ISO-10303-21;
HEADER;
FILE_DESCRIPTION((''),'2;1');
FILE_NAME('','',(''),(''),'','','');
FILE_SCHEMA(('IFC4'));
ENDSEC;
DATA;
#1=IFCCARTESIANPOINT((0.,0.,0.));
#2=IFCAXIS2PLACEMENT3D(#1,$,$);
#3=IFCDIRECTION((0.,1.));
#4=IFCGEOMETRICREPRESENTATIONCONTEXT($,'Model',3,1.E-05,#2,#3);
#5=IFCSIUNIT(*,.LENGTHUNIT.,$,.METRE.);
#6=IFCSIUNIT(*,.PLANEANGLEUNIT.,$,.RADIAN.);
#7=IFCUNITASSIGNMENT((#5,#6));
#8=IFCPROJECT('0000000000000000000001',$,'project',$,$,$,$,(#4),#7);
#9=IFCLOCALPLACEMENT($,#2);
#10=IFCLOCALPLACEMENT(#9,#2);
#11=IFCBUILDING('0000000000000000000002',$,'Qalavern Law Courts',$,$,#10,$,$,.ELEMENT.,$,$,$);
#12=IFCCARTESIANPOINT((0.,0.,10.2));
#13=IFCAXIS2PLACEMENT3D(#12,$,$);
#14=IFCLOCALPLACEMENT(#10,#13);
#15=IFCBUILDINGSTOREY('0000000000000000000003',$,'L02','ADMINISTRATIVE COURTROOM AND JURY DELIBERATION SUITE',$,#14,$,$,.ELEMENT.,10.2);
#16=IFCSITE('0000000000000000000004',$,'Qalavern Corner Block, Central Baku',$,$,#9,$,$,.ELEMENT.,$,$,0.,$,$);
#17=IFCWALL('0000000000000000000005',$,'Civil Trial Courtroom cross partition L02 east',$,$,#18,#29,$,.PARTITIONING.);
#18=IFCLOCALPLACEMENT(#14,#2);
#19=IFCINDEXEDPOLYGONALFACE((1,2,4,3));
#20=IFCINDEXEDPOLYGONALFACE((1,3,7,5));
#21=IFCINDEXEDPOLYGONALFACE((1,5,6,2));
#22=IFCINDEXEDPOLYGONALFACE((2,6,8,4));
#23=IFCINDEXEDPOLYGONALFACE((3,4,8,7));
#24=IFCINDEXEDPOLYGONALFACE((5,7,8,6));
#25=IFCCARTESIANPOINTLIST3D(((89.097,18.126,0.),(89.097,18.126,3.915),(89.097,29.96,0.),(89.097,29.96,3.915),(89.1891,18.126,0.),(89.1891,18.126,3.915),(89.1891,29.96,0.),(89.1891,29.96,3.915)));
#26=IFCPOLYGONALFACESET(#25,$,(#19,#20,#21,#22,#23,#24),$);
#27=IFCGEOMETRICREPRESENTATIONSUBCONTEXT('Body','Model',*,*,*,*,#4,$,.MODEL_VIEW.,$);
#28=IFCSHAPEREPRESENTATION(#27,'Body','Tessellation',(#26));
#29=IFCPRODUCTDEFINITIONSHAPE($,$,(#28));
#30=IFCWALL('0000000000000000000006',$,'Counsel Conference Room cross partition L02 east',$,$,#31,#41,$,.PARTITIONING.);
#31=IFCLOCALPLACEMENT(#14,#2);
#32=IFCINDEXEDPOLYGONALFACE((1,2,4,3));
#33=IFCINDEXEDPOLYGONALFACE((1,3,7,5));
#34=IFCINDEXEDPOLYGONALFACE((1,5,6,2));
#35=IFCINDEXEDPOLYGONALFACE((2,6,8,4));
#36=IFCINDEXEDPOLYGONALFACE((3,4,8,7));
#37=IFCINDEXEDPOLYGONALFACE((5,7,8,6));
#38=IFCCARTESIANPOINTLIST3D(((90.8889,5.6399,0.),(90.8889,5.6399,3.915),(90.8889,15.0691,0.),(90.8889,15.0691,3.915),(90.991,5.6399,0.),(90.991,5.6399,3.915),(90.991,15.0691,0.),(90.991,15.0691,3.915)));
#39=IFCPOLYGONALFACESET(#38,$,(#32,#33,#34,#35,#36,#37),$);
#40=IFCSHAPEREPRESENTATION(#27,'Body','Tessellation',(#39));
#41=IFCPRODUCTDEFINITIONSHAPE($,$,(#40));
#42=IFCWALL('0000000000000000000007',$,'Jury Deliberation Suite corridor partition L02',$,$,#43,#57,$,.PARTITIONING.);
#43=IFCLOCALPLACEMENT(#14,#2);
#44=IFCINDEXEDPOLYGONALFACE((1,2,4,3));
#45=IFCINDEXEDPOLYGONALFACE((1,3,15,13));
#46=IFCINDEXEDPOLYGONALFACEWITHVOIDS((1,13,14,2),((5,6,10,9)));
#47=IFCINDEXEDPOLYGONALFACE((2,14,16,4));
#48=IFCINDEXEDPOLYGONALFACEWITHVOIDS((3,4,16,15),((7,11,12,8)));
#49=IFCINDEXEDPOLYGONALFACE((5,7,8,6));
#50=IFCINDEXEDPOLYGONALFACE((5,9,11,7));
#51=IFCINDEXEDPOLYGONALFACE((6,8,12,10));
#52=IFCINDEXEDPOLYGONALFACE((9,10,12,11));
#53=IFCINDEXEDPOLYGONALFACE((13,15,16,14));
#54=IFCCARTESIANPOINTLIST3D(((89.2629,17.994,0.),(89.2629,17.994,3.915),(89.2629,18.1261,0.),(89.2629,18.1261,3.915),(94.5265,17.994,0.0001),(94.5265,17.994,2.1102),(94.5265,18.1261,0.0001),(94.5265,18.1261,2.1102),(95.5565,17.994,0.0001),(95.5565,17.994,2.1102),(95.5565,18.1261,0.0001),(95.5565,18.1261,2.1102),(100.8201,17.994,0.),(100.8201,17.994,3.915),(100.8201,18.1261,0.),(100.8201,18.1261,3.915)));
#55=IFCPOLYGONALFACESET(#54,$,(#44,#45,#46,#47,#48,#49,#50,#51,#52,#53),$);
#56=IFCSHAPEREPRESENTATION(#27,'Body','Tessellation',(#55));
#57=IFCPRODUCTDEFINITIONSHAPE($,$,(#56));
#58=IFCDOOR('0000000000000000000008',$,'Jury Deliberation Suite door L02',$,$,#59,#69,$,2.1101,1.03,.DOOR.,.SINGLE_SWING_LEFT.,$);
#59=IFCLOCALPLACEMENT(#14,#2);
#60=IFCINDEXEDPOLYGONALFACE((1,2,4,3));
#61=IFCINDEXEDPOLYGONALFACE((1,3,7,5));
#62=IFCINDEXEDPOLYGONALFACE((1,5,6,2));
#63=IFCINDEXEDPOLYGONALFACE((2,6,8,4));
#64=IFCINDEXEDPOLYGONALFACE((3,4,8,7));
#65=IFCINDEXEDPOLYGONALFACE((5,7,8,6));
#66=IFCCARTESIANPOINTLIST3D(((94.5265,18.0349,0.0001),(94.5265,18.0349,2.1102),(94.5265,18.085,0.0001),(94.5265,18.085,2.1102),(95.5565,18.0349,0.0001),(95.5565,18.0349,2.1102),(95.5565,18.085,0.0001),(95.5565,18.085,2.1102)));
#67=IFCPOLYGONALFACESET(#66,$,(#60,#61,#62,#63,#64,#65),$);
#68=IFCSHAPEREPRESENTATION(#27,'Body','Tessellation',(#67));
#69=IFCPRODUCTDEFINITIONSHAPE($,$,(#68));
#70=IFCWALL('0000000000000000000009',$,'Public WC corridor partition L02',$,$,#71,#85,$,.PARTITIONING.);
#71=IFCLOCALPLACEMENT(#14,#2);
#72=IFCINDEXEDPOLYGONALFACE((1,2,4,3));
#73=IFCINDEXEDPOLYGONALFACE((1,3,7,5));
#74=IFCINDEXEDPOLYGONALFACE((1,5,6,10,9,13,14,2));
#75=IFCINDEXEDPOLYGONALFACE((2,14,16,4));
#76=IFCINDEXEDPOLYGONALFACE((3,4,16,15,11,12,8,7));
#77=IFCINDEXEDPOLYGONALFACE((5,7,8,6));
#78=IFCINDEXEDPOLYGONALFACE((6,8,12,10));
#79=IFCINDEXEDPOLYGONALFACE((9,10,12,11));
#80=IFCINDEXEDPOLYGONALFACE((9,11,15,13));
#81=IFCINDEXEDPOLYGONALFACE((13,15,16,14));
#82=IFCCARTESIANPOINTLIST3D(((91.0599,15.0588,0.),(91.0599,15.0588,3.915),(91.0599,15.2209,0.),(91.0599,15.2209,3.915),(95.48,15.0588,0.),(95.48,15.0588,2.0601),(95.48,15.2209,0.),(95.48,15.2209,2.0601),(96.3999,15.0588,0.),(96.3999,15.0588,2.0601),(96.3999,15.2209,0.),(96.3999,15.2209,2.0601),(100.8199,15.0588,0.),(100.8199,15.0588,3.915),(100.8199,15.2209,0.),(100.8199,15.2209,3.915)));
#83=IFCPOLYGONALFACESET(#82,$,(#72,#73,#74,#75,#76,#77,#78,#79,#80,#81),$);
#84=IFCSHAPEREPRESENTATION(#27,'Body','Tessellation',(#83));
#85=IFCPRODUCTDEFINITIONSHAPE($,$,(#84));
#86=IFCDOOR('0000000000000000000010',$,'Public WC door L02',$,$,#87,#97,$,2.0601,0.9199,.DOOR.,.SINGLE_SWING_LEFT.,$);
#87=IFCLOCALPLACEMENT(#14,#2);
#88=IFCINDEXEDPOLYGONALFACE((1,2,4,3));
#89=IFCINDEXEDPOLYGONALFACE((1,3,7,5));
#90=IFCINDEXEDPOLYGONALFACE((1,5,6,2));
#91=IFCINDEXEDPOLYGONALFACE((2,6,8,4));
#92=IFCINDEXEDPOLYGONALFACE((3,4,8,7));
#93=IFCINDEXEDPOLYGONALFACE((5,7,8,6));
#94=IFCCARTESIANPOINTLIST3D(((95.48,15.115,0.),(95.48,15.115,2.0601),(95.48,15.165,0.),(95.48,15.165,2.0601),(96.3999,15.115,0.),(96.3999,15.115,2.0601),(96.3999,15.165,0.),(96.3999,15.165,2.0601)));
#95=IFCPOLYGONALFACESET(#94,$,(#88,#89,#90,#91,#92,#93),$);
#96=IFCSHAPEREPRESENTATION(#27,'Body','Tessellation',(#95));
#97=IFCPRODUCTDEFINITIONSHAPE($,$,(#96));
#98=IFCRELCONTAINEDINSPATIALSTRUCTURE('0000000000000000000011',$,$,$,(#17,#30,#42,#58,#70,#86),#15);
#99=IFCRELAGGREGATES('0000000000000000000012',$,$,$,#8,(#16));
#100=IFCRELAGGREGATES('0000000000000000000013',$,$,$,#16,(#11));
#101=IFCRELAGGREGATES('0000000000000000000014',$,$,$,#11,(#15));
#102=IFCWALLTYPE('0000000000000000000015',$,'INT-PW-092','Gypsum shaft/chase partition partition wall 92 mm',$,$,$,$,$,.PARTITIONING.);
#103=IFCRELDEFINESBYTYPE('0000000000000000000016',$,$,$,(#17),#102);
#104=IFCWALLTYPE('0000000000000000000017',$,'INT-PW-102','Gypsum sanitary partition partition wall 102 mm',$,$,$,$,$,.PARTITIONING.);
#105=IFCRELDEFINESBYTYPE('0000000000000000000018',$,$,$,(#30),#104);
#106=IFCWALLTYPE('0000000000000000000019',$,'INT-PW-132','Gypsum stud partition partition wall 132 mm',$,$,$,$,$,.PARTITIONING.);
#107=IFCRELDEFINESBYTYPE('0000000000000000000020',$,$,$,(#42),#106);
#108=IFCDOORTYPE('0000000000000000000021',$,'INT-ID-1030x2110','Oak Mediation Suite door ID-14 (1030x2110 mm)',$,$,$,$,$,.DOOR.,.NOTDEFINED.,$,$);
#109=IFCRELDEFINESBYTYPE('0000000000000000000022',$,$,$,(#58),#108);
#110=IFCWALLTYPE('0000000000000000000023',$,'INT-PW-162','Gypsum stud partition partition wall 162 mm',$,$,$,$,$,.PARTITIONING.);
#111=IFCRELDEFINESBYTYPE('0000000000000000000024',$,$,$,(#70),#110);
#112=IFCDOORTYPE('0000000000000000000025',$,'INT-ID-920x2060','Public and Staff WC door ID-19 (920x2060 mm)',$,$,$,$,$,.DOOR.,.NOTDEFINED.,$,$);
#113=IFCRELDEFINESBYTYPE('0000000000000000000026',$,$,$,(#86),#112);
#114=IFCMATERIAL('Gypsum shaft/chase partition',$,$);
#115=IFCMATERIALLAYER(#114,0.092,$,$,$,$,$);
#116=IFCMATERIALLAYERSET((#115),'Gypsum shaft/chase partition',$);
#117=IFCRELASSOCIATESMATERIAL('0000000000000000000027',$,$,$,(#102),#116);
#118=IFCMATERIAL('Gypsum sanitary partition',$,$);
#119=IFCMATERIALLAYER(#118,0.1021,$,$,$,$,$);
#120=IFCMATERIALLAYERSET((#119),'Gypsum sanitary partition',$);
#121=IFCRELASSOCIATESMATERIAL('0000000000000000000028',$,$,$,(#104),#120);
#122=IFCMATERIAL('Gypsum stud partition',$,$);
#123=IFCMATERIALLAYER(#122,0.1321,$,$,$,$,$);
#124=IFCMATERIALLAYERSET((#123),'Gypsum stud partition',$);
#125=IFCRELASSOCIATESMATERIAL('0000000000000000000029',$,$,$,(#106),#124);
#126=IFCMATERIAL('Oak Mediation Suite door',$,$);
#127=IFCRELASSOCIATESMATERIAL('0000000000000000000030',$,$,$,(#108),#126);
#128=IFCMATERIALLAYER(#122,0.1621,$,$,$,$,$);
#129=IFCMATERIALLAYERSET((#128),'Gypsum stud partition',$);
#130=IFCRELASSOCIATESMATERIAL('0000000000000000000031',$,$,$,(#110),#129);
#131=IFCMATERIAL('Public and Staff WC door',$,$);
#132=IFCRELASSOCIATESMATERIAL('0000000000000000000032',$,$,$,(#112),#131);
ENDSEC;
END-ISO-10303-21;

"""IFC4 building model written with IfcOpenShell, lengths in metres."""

from ifc_helpers import new_model, si_unit, direction, frame, frame_2d, origin, place, context, subcontext, project, spatial, rectangle, extrude, material, layer, layer_set, type_object, element, fill, save


model = new_model("IFC4")

# Units and contexts
model_context = context("Model", 3, precision=1e-05, world=origin(), true_north=direction((0.0, 1.0)))
body_context = subcontext(model_context, "Body", "Model", "MODEL_VIEW")
ifc_project = project(units=[si_unit("LENGTHUNIT", "METRE"), si_unit("PLANEANGLEUNIT", "RADIAN")], contexts=[model_context])

# Site, building, storey
site_placement = place(None, origin())
site = spatial("IfcSite", under=ifc_project, at=site_placement, Name="Qalavern Corner Block, Central Baku", CompositionType="ELEMENT", RefElevation=0.0)
building_placement = place(site_placement, origin())
building = spatial("IfcBuilding", under=site, at=building_placement, Name="Qalavern Law Courts", CompositionType="ELEMENT")
storey_placement = place(building_placement, frame((0.0, 0.0, 10.2)))
storey = spatial("IfcBuildingStorey", under=building, at=storey_placement, Name="L02", Description="ADMINISTRATIVE COURTROOM AND JURY DELIBERATION SUITE", CompositionType="ELEMENT", Elevation=10.2)

# Walls
ifc_material_1 = material(Name="Gypsum shaft/chase partition")
ifc_layer_1 = layer(ifc_material_1, 0.092)
ifc_layer_set_1 = layer_set([ifc_layer_1], Name="Gypsum shaft/chase partition")
wall_type_1 = type_object("IfcWallType", Name="INT-PW-092", Description="Gypsum shaft/chase partition partition wall 92 mm", PredefinedType="PARTITIONING", material=ifc_layer_set_1)
wall_1_placement = place(storey_placement, frame((89.1431, 18.126, 0.0), z_axis=(0.0, 0.0, 1.0), x_axis=(0.0, 1.0, 0.0)))
element("IfcWall", 1, at=wall_1_placement, inside=storey, type_object=wall_type_1, Name="Civil Trial Courtroom cross partition L02 east", PredefinedType="PARTITIONING", context=body_context, shape_type="SweptSolid", body=[
    extrude(rectangle(XDim=11.834, YDim=0.092, at=frame_2d((5.917, 0.0))), origin(), (0.0, 0.0, 1.0), 3.915),
])
ifc_material_2 = material(Name="Gypsum sanitary partition")
ifc_layer_2 = layer(ifc_material_2, 0.1021)
ifc_layer_set_2 = layer_set([ifc_layer_2], Name="Gypsum sanitary partition")
wall_type_2 = type_object("IfcWallType", Name="INT-PW-102", Description="Gypsum sanitary partition partition wall 102 mm", PredefinedType="PARTITIONING", material=ifc_layer_set_2)
wall_2_placement = place(storey_placement, frame((90.9399, 5.6399, 0.0), z_axis=(0.0, 0.0, 1.0), x_axis=(0.0, 1.0, 0.0)))
element("IfcWall", 2, at=wall_2_placement, inside=storey, type_object=wall_type_2, Name="Counsel Conference Room cross partition L02 east", PredefinedType="PARTITIONING", context=body_context, shape_type="SweptSolid", body=[
    extrude(rectangle(XDim=9.4292, YDim=0.1021, at=frame_2d((4.7146, 0.0))), origin(), (0.0, 0.0, 1.0), 3.915),
])

# Walls, openings, doors
ifc_material_3 = material(Name="Gypsum stud partition")
ifc_layer_3 = layer(ifc_material_3, 0.1321)
ifc_layer_set_3 = layer_set([ifc_layer_3], Name="Gypsum stud partition")
wall_type_3 = type_object("IfcWallType", Name="INT-PW-132", Description="Gypsum stud partition partition wall 132 mm", PredefinedType="PARTITIONING", material=ifc_layer_set_3)
wall_3_placement = place(storey_placement, frame((89.2629, 18.0601, 0.0), z_axis=(0.0, 0.0, 1.0), x_axis=(1.0, 0.0, 0.0)))
wall_3 = element("IfcWall", 3, at=wall_3_placement, inside=storey, type_object=wall_type_3, Name="Jury Deliberation Suite corridor partition L02", PredefinedType="PARTITIONING", context=body_context, shape_type="SweptSolid", body=[
    extrude(rectangle(XDim=11.5571, YDim=0.1321, at=frame_2d((5.7786, 0.0))), origin(), (0.0, 0.0, 1.0), 3.915),
])
opening_1_placement = place(wall_3_placement, frame((5.2634, 0.0, 0.0)))
opening_1 = element("IfcOpeningElement", 4, at=opening_1_placement, cuts=wall_3, PredefinedType="OPENING", context=body_context, shape_type="SweptSolid", body=[
    extrude(rectangle(XDim=1.03, YDim=2.1101, at=frame_2d((0.5151, 1.0552))), frame((0.0, 0.0811, 0.0), z_axis=(0.0, -1.0, 0.0), x_axis=(1.0, 0.0, 0.0)), (0.0, 0.0, 1.0), 0.1619),
])
ifc_material_4 = material(Name="Oak Mediation Suite door")
door_type_1 = type_object("IfcDoorType", Name="INT-ID-1030x2110", Description="Oak Mediation Suite door ID-14 (1030x2110 mm)", OperationType="NOTDEFINED", PredefinedType="DOOR", material=ifc_material_4)
door_1_placement = place(opening_1_placement, origin())
door_1 = element("IfcDoor", 5, at=door_1_placement, inside=storey, type_object=door_type_1, Name="Jury Deliberation Suite door L02", OperationType="SINGLE_SWING_LEFT", OverallHeight=2.1101, OverallWidth=1.03, PredefinedType="DOOR", context=body_context, shape_type="SweptSolid", body=[
    extrude(rectangle(XDim=1.03, YDim=2.1101, at=frame_2d((0.5151, 1.0552))), frame((0.0, 0.0249, 0.0), z_axis=(0.0, -1.0, 0.0), x_axis=(1.0, 0.0, 0.0)), (0.0, 0.0, 1.0), 0.05),
])
fill(opening_1, door_1)
ifc_layer_4 = layer(ifc_material_3, 0.1621)
ifc_layer_set_4 = layer_set([ifc_layer_4], Name="Gypsum stud partition")
wall_type_4 = type_object("IfcWallType", Name="INT-PW-162", Description="Gypsum stud partition partition wall 162 mm", PredefinedType="PARTITIONING", material=ifc_layer_set_4)
wall_4_placement = place(storey_placement, frame((91.0601, 15.1399, 0.0), z_axis=(0.0, 0.0, 1.0), x_axis=(1.0, 0.0, 0.0)))
wall_4 = element("IfcWall", 6, at=wall_4_placement, inside=storey, type_object=wall_type_4, Name="Public WC corridor partition L02", PredefinedType="PARTITIONING", context=body_context, shape_type="SweptSolid", body=[
    extrude(rectangle(XDim=9.76, YDim=0.1621, at=frame_2d((4.8799, 0.0))), origin(), (0.0, 0.0, 1.0), 3.915),
])
opening_2_placement = place(wall_4_placement, frame((4.4199, 0.0, 0.0)))
opening_2 = element("IfcOpeningElement", 7, at=opening_2_placement, cuts=wall_4, PredefinedType="OPENING", context=body_context, shape_type="SweptSolid", body=[
    extrude(rectangle(XDim=0.9199, YDim=2.0601, at=frame_2d((0.46, 1.03))), frame((0.0, 0.0959, 0.0), z_axis=(0.0, -1.0, 0.0), x_axis=(1.0, 0.0, 0.0)), (0.0, 0.0, 1.0), 0.1919),
])
ifc_material_5 = material(Name="Public and Staff WC door")
door_type_2 = type_object("IfcDoorType", Name="INT-ID-920x2060", Description="Public and Staff WC door ID-19 (920x2060 mm)", OperationType="NOTDEFINED", PredefinedType="DOOR", material=ifc_material_5)
door_2_placement = place(opening_2_placement, frame((0.9199, 0.0, 0.0), z_axis=(0.0, 0.0, 1.0), x_axis=(-1.0, 0.0, 0.0)))
door_2 = element("IfcDoor", 8, at=door_2_placement, inside=storey, type_object=door_type_2, Name="Public WC door L02", OperationType="SINGLE_SWING_LEFT", OverallHeight=2.0601, OverallWidth=0.9199, PredefinedType="DOOR", context=body_context, shape_type="SweptSolid", body=[
    extrude(rectangle(XDim=0.9199, YDim=2.0601, at=frame_2d((0.46, 1.03))), frame((0.0, 0.0249, 0.0), z_axis=(0.0, -1.0, 0.0), x_axis=(1.0, 0.0, 0.0)), (0.0, 0.0, 1.0), 0.05),
])
fill(opening_2, door_2)

save(model, "model.ifc")
